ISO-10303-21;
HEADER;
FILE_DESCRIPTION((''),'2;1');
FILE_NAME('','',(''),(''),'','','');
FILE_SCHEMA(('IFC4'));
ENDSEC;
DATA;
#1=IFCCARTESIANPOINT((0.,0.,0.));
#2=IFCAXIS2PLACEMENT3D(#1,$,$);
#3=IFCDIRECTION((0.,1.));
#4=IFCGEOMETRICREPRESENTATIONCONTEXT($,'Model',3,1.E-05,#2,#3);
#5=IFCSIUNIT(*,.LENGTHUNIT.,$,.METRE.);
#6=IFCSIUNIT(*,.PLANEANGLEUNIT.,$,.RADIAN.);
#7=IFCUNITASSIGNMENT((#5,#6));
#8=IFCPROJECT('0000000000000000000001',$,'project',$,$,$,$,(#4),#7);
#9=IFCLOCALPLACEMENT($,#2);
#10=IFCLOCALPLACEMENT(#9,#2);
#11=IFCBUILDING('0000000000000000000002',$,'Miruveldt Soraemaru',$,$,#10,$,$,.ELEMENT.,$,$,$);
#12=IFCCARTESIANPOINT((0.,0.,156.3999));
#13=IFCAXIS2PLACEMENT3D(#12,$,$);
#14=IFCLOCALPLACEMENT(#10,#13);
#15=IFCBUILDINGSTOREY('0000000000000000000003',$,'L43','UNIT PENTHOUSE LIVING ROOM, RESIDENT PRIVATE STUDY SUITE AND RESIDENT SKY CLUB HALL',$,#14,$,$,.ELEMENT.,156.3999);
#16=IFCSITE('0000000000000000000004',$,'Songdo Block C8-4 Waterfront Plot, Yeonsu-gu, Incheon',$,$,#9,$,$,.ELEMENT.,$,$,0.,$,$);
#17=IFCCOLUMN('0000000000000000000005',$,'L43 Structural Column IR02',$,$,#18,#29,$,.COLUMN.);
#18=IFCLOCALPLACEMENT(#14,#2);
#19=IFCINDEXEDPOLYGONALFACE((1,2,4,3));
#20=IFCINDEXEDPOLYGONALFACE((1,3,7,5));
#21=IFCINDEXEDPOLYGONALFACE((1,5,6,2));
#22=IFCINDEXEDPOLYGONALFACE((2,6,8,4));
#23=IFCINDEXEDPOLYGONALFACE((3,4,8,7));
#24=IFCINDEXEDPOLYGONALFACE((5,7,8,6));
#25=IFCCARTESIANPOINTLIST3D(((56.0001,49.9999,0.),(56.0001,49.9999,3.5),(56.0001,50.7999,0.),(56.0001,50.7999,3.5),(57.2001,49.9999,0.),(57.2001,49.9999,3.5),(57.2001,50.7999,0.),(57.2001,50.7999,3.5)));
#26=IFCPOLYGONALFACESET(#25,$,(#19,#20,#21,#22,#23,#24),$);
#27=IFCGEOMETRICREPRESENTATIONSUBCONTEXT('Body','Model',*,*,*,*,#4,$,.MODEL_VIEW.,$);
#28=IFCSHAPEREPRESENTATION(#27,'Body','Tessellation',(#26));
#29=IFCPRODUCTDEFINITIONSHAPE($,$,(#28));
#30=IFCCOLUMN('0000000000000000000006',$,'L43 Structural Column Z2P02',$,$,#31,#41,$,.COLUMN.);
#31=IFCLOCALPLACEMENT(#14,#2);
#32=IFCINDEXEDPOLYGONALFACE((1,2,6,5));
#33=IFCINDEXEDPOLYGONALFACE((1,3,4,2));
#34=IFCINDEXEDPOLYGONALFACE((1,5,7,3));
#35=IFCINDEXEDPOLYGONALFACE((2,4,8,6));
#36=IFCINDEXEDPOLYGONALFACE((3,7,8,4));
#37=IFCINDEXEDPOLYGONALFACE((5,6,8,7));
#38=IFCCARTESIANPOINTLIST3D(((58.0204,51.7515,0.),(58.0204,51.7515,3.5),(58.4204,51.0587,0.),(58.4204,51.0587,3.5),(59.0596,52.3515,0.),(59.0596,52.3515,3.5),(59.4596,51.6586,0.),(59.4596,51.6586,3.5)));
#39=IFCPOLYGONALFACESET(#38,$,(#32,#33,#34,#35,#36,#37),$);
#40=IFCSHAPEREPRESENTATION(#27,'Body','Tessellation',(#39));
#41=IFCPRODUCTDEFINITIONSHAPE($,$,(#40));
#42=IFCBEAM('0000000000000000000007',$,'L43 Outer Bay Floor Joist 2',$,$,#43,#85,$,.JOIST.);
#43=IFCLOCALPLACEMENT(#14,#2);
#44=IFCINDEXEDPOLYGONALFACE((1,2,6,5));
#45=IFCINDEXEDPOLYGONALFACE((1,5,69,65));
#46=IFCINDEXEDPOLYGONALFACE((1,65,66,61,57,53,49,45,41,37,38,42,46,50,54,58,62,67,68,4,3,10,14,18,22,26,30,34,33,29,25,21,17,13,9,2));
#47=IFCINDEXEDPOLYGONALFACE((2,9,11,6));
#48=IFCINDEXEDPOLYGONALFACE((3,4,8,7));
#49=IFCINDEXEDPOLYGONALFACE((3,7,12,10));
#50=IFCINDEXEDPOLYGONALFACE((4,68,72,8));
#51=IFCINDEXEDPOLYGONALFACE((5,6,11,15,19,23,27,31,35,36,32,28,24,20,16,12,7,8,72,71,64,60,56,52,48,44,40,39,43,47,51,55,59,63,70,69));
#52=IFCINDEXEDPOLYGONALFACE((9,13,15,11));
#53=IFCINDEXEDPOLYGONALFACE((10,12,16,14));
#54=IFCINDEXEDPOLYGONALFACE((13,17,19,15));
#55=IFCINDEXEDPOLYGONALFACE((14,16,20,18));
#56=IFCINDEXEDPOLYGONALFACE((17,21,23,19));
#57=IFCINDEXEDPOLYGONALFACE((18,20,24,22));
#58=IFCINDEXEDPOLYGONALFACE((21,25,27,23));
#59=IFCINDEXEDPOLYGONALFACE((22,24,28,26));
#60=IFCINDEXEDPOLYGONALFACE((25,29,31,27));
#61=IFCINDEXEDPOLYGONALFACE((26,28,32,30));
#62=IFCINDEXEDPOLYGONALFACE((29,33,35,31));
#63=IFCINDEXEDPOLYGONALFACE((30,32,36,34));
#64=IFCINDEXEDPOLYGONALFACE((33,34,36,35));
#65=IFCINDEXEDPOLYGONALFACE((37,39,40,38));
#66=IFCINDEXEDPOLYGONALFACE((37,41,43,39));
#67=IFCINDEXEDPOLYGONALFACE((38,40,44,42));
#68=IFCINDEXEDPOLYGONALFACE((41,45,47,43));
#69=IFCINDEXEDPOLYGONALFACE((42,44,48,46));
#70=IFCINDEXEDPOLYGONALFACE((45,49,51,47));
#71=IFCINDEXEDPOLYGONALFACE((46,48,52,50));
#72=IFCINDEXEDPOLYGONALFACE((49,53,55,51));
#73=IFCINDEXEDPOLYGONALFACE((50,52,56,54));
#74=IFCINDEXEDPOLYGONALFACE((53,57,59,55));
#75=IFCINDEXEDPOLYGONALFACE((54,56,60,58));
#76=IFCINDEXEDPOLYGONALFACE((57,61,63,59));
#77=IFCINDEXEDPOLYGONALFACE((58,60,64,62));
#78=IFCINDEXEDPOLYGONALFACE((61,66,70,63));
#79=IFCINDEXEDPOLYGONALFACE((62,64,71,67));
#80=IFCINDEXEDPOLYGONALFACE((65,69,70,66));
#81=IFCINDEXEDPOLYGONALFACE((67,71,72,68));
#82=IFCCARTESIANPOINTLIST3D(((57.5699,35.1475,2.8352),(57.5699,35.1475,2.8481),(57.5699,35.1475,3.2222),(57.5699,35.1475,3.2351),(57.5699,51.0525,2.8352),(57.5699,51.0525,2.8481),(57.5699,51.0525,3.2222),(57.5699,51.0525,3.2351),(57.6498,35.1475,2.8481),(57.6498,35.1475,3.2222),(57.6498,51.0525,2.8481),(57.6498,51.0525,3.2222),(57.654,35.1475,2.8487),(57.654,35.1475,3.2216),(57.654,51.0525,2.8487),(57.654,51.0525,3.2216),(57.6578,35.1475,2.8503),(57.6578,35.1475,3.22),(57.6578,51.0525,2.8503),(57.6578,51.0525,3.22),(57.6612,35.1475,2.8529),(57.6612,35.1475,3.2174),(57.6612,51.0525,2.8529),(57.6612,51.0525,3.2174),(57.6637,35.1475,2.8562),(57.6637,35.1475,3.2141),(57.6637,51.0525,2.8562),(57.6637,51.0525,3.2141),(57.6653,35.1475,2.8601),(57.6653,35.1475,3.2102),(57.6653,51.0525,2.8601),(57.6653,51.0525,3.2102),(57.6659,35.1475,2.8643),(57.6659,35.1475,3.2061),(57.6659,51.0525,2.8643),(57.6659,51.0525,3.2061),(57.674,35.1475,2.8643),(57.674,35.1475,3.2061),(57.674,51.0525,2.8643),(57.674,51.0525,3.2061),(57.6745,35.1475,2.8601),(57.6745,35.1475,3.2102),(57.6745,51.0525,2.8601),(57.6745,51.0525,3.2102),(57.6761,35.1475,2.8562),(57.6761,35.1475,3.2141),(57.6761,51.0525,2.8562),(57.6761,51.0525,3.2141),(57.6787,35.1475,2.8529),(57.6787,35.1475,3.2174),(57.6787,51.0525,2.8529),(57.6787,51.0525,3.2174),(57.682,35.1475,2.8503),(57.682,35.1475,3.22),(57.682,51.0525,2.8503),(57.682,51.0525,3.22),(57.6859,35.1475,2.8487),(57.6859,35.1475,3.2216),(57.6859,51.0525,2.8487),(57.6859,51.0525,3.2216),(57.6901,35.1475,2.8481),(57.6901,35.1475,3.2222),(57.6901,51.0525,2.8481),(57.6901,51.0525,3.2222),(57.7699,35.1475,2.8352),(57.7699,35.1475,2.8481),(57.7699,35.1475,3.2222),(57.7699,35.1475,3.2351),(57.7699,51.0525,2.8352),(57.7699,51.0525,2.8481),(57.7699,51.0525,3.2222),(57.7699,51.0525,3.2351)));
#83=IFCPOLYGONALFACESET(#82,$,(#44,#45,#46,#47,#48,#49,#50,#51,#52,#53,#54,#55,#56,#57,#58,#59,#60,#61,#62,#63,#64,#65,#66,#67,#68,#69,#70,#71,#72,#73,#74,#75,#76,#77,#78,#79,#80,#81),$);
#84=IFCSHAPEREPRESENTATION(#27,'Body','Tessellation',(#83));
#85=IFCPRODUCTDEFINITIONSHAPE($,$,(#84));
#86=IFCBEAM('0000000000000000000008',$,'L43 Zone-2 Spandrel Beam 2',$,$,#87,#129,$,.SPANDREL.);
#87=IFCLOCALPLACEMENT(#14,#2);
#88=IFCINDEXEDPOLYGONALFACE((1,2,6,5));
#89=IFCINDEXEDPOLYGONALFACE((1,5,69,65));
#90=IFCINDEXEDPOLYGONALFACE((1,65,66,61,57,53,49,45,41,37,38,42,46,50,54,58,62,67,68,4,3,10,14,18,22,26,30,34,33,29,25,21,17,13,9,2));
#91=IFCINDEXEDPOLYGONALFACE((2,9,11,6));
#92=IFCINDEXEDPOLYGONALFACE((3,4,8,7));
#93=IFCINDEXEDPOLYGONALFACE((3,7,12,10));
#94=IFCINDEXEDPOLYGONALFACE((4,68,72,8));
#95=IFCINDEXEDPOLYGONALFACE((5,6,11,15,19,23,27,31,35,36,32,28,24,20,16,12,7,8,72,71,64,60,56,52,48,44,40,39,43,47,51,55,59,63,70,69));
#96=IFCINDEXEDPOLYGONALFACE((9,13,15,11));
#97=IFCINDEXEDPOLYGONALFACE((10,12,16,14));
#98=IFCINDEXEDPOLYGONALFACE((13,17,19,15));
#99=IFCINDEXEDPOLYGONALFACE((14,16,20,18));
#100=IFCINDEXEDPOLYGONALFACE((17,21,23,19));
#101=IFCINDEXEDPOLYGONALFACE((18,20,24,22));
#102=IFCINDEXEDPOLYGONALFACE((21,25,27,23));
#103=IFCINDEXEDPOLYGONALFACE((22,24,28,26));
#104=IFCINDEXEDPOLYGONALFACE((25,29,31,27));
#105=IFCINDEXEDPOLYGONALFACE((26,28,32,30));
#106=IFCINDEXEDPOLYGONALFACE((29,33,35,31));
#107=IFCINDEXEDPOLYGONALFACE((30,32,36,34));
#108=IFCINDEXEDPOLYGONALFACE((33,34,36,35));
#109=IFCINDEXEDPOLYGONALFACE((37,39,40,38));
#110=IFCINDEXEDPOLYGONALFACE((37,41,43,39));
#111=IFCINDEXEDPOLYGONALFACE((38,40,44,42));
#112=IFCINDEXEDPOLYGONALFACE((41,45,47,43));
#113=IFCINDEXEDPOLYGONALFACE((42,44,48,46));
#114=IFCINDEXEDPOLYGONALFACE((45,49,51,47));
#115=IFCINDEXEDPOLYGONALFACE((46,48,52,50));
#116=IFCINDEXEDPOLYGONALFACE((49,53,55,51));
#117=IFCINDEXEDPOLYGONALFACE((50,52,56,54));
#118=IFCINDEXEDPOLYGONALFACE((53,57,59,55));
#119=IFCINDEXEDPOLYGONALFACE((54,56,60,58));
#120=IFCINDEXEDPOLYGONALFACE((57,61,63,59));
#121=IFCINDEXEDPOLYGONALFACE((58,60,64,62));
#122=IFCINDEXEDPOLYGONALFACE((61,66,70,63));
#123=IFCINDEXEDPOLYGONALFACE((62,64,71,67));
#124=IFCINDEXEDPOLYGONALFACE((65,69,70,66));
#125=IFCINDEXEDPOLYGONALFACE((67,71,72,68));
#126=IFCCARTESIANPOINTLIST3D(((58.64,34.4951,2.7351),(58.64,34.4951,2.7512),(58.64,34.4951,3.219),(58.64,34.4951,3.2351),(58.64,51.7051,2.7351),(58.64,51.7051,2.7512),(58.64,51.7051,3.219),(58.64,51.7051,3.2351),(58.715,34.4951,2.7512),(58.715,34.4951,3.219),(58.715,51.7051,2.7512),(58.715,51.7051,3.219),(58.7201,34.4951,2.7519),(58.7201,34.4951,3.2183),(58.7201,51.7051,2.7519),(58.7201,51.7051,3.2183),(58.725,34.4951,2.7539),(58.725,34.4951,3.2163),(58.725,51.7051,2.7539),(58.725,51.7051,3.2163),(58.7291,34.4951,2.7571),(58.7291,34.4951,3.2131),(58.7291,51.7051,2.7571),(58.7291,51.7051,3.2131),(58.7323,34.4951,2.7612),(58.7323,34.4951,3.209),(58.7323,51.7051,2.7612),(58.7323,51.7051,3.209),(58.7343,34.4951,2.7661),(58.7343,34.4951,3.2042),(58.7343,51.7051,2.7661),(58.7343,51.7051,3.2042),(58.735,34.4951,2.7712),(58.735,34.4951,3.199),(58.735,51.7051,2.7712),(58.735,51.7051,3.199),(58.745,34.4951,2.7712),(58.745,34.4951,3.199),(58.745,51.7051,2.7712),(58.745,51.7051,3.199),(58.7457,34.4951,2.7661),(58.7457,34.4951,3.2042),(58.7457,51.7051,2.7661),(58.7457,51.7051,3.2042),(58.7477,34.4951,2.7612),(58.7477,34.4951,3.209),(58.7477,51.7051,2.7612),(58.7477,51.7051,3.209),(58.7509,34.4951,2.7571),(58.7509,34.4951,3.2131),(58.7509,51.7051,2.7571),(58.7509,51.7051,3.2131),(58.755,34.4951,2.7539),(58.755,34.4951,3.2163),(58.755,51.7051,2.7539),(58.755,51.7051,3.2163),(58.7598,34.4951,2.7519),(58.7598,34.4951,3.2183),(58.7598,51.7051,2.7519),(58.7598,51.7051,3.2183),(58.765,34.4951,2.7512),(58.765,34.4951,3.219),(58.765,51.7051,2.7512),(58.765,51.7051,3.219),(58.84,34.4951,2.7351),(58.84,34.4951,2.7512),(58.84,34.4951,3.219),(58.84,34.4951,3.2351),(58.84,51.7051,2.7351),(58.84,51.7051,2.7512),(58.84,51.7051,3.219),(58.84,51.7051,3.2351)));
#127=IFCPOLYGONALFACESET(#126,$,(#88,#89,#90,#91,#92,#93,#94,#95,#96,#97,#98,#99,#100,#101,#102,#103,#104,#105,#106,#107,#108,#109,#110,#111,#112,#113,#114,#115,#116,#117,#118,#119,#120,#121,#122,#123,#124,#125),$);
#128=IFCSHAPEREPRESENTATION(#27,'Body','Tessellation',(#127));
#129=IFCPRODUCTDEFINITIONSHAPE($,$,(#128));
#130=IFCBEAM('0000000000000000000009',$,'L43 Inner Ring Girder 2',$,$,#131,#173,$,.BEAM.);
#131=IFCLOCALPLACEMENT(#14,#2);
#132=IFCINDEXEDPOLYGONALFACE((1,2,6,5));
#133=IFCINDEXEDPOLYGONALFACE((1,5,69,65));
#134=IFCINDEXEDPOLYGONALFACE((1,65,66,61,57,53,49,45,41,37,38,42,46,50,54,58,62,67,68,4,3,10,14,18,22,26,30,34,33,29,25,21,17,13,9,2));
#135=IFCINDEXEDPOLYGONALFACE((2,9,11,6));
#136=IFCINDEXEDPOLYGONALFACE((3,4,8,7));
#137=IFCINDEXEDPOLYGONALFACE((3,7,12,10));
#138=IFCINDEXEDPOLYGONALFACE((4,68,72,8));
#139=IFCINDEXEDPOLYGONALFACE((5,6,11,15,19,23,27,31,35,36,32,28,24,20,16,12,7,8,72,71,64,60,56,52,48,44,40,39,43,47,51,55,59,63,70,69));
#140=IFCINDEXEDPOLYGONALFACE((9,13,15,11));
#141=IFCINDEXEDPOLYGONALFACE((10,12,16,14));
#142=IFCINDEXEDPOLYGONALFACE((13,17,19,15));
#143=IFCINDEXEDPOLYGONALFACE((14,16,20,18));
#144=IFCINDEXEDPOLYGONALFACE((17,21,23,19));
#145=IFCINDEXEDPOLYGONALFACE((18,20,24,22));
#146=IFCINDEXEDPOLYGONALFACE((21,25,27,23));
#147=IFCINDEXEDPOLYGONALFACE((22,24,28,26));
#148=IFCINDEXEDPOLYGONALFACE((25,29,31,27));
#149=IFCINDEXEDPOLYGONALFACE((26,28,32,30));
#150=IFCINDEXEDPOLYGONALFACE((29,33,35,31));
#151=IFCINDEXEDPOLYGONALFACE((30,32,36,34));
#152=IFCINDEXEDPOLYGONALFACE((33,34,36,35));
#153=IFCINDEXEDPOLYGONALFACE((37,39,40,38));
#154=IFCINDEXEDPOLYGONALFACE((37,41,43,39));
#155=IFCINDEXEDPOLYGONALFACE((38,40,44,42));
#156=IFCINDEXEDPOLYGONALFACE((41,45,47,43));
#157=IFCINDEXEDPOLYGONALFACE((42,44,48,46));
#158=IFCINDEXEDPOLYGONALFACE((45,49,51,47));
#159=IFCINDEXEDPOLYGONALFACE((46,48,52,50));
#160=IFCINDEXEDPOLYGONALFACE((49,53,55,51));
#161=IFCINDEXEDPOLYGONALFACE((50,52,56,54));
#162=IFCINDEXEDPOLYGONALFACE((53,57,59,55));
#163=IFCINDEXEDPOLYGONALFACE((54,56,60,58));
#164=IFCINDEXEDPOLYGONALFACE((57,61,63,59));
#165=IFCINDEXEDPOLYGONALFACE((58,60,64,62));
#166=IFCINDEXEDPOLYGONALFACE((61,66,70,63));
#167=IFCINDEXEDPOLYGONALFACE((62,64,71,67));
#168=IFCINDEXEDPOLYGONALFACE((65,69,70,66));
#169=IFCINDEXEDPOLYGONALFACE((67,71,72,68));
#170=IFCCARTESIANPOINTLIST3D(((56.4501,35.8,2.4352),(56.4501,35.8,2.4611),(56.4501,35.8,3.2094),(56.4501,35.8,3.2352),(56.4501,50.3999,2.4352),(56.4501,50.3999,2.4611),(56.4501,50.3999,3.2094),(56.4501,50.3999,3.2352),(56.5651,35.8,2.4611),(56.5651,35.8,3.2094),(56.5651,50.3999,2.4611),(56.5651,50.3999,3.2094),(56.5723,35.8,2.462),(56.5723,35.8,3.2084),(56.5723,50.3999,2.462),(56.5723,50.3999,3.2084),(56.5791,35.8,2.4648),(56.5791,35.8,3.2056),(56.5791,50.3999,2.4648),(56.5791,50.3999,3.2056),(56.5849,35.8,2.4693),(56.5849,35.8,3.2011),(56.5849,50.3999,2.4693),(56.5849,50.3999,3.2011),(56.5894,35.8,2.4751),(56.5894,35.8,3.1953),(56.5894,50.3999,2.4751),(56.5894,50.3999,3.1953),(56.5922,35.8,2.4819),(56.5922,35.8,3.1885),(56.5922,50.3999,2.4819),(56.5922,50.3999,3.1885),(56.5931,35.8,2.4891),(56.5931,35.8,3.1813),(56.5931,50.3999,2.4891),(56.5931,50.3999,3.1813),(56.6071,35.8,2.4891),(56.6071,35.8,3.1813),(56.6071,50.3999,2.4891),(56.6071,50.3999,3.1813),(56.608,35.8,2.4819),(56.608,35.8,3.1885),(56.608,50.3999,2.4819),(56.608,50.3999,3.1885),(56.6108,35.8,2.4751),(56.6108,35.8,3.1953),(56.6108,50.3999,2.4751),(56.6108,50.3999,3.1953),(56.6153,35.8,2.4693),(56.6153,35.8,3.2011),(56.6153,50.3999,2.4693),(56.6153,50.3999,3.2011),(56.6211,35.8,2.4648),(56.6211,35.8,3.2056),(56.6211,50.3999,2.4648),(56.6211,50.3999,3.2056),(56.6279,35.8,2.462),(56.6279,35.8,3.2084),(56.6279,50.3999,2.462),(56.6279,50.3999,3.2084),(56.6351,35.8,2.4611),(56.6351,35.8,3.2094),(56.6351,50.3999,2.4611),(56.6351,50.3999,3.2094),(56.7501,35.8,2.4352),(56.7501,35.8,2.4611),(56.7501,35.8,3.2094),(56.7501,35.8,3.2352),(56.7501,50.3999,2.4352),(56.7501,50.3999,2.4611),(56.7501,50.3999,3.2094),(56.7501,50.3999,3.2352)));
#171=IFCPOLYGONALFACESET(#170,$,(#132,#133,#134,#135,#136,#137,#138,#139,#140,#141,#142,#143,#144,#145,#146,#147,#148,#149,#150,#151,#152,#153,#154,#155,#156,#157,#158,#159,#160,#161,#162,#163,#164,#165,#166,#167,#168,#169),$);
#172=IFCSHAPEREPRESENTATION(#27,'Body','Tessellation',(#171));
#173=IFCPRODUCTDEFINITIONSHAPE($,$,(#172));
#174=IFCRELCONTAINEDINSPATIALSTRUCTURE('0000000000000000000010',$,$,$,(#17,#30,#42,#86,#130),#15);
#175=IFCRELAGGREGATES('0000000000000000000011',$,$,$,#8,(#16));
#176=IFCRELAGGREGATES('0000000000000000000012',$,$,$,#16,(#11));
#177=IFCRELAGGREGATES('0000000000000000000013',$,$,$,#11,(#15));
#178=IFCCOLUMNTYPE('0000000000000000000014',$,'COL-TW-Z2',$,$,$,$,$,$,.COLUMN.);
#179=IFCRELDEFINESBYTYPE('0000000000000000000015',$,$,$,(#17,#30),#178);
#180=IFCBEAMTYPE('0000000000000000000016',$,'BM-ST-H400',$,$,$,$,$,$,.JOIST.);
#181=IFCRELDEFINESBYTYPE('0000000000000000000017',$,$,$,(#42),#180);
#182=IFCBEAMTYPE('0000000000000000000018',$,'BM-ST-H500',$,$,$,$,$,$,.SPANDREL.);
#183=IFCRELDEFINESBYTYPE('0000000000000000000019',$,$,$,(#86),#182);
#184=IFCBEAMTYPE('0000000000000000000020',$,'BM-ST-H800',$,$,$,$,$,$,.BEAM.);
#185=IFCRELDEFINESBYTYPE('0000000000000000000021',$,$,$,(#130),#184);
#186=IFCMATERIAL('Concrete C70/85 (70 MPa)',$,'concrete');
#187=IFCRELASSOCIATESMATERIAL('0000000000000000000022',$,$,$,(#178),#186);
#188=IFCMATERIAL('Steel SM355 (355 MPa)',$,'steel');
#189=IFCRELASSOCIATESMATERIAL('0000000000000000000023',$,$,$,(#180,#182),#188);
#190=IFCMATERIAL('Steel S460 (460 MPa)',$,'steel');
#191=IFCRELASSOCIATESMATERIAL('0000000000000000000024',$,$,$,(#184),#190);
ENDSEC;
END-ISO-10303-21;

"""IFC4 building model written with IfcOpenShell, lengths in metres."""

from ifc_helpers import new_model, si_unit, direction, frame, origin, origin_2d, place, context, subcontext, project, spatial, rectangle, i_section, extrude, material, material_profile, profile_set, type_object, element, save


model = new_model("IFC4")

# Units and contexts
model_context = context("Model", 3, precision=1e-05, world=origin(), true_north=direction((0.0, 1.0)))
body_context = subcontext(model_context, "Body", "Model", "MODEL_VIEW")
ifc_project = project(units=[si_unit("LENGTHUNIT", "METRE"), si_unit("PLANEANGLEUNIT", "RADIAN")], contexts=[model_context])

# Site, building, storey
site_placement = place(None, origin())
site = spatial("IfcSite", under=ifc_project, at=site_placement, Name="Songdo Block C8-4 Waterfront Plot, Yeonsu-gu, Incheon", CompositionType="ELEMENT", RefElevation=0.0)
building_placement = place(site_placement, origin())
building = spatial("IfcBuilding", under=site, at=building_placement, Name="Miruveldt Soraemaru", CompositionType="ELEMENT")
storey_placement = place(building_placement, frame((0.0, 0.0, 156.3999)))
storey = spatial("IfcBuildingStorey", under=building, at=storey_placement, Name="L43", Description="UNIT PENTHOUSE LIVING ROOM, RESIDENT PRIVATE STUDY SUITE AND RESIDENT SKY CLUB HALL", CompositionType="ELEMENT", Elevation=156.3999)

# Columns
ifc_material_1 = material(Name="Concrete C70/85 (70 MPa)", Category="concrete")
ifc_material_profile_1 = material_profile(ifc_material_1, rectangle(XDim=1.2, YDim=0.8, at=origin_2d()), Name="Concrete C70/85 (70 MPa)", Category="concrete")
ifc_profile_set_1 = profile_set([ifc_material_profile_1], Name="Concrete C70/85 (70 MPa)")
column_type = type_object("IfcColumnType", Name="COL-TW-Z2", PredefinedType="COLUMN", material=ifc_profile_set_1)
for number, where, z_axis, x_axis, name in (
    (1, (56.6001, 50.3999, 0.0), (0.0, 0.0, 1.0), (1.0, 0.0, 0.0), "L43 Structural Column IR02"),
    (2, (58.74, 51.7051, 0.0), (0.0, 0.0, 1.0), (0.866025, 0.5, 0.0), "L43 Structural Column Z2P02"),
):
    element("IfcColumn", number, at=place(storey_placement, frame(where, z_axis=z_axis, x_axis=x_axis)), inside=storey, type_object=column_type, Name=name, PredefinedType="COLUMN", context=body_context, shape_type="SweptSolid", body=[
        extrude(rectangle(XDim=1.2, YDim=0.8, at=origin_2d()), origin(), (0.0, 0.0, 1.0), 3.5),
    ])

# Beams
ifc_material_2 = material(Name="Steel SM355 (355 MPa)", Category="steel")
ifc_material_profile_2 = material_profile(ifc_material_2, i_section(OverallWidth=0.2, OverallDepth=0.3999, WebThickness=0.0081, FlangeThickness=0.0129, FilletRadius=0.0161, at=origin_2d()), Name="Steel SM355 (355 MPa)", Category="steel")
ifc_profile_set_2 = profile_set([ifc_material_profile_2], Name="Steel SM355 (355 MPa)")
beam_type_1 = type_object("IfcBeamType", Name="BM-ST-H400", PredefinedType="JOIST", material=ifc_profile_set_2)
beam_1_placement = place(storey_placement, frame((57.6699, 51.0525, 3.0352), z_axis=(0.0, -1.0, 0.0), x_axis=(1.0, 0.0, 0.0)))
element("IfcBeam", 3, at=beam_1_placement, inside=storey, type_object=beam_type_1, Name="L43 Outer Bay Floor Joist 2", PredefinedType="JOIST", context=body_context, shape_type="SweptSolid", body=[
    extrude(i_section(OverallWidth=0.2, OverallDepth=0.3999, WebThickness=0.0081, FlangeThickness=0.0129, FilletRadius=0.0161, at=origin_2d()), origin(), (0.0, 0.0, 1.0), 15.905),
])
ifc_material_profile_3 = material_profile(ifc_material_2, i_section(OverallWidth=0.2, OverallDepth=0.5, WebThickness=0.01, FlangeThickness=0.0161, FilletRadius=0.02, at=origin_2d()), Name="Steel SM355 (355 MPa)", Category="steel")
ifc_profile_set_3 = profile_set([ifc_material_profile_3], Name="Steel SM355 (355 MPa)")
beam_type_2 = type_object("IfcBeamType", Name="BM-ST-H500", PredefinedType="SPANDREL", material=ifc_profile_set_3)
beam_2_placement = place(storey_placement, frame((58.74, 51.7051, 2.9851), z_axis=(0.0, -1.0, 0.0), x_axis=(1.0, 0.0, 0.0)))
element("IfcBeam", 4, at=beam_2_placement, inside=storey, type_object=beam_type_2, Name="L43 Zone-2 Spandrel Beam 2", PredefinedType="SPANDREL", context=body_context, shape_type="SweptSolid", body=[
    extrude(i_section(OverallWidth=0.2, OverallDepth=0.5, WebThickness=0.01, FlangeThickness=0.0161, FilletRadius=0.02, at=origin_2d()), origin(), (0.0, 0.0, 1.0), 17.21),
])
ifc_material_3 = material(Name="Steel S460 (460 MPa)", Category="steel")
ifc_material_profile_4 = material_profile(ifc_material_3, i_section(OverallWidth=0.3, OverallDepth=0.8, WebThickness=0.0139, FlangeThickness=0.0259, FilletRadius=0.0281, at=origin_2d()), Name="Steel S460 (460 MPa)", Category="steel")
ifc_profile_set_4 = profile_set([ifc_material_profile_4], Name="Steel S460 (460 MPa)")
beam_type_3 = type_object("IfcBeamType", Name="BM-ST-H800", PredefinedType="BEAM", material=ifc_profile_set_4)
beam_3_placement = place(storey_placement, frame((56.6001, 50.3999, 2.8352), z_axis=(0.0, -1.0, 0.0), x_axis=(1.0, 0.0, 0.0)))
element("IfcBeam", 5, at=beam_3_placement, inside=storey, type_object=beam_type_3, Name="L43 Inner Ring Girder 2", PredefinedType="BEAM", context=body_context, shape_type="SweptSolid", body=[
    extrude(i_section(OverallWidth=0.3, OverallDepth=0.8, WebThickness=0.0139, FlangeThickness=0.0259, FilletRadius=0.0281, at=origin_2d()), origin(), (0.0, 0.0, 1.0), 14.5999),
])

save(model, "model.ifc")
